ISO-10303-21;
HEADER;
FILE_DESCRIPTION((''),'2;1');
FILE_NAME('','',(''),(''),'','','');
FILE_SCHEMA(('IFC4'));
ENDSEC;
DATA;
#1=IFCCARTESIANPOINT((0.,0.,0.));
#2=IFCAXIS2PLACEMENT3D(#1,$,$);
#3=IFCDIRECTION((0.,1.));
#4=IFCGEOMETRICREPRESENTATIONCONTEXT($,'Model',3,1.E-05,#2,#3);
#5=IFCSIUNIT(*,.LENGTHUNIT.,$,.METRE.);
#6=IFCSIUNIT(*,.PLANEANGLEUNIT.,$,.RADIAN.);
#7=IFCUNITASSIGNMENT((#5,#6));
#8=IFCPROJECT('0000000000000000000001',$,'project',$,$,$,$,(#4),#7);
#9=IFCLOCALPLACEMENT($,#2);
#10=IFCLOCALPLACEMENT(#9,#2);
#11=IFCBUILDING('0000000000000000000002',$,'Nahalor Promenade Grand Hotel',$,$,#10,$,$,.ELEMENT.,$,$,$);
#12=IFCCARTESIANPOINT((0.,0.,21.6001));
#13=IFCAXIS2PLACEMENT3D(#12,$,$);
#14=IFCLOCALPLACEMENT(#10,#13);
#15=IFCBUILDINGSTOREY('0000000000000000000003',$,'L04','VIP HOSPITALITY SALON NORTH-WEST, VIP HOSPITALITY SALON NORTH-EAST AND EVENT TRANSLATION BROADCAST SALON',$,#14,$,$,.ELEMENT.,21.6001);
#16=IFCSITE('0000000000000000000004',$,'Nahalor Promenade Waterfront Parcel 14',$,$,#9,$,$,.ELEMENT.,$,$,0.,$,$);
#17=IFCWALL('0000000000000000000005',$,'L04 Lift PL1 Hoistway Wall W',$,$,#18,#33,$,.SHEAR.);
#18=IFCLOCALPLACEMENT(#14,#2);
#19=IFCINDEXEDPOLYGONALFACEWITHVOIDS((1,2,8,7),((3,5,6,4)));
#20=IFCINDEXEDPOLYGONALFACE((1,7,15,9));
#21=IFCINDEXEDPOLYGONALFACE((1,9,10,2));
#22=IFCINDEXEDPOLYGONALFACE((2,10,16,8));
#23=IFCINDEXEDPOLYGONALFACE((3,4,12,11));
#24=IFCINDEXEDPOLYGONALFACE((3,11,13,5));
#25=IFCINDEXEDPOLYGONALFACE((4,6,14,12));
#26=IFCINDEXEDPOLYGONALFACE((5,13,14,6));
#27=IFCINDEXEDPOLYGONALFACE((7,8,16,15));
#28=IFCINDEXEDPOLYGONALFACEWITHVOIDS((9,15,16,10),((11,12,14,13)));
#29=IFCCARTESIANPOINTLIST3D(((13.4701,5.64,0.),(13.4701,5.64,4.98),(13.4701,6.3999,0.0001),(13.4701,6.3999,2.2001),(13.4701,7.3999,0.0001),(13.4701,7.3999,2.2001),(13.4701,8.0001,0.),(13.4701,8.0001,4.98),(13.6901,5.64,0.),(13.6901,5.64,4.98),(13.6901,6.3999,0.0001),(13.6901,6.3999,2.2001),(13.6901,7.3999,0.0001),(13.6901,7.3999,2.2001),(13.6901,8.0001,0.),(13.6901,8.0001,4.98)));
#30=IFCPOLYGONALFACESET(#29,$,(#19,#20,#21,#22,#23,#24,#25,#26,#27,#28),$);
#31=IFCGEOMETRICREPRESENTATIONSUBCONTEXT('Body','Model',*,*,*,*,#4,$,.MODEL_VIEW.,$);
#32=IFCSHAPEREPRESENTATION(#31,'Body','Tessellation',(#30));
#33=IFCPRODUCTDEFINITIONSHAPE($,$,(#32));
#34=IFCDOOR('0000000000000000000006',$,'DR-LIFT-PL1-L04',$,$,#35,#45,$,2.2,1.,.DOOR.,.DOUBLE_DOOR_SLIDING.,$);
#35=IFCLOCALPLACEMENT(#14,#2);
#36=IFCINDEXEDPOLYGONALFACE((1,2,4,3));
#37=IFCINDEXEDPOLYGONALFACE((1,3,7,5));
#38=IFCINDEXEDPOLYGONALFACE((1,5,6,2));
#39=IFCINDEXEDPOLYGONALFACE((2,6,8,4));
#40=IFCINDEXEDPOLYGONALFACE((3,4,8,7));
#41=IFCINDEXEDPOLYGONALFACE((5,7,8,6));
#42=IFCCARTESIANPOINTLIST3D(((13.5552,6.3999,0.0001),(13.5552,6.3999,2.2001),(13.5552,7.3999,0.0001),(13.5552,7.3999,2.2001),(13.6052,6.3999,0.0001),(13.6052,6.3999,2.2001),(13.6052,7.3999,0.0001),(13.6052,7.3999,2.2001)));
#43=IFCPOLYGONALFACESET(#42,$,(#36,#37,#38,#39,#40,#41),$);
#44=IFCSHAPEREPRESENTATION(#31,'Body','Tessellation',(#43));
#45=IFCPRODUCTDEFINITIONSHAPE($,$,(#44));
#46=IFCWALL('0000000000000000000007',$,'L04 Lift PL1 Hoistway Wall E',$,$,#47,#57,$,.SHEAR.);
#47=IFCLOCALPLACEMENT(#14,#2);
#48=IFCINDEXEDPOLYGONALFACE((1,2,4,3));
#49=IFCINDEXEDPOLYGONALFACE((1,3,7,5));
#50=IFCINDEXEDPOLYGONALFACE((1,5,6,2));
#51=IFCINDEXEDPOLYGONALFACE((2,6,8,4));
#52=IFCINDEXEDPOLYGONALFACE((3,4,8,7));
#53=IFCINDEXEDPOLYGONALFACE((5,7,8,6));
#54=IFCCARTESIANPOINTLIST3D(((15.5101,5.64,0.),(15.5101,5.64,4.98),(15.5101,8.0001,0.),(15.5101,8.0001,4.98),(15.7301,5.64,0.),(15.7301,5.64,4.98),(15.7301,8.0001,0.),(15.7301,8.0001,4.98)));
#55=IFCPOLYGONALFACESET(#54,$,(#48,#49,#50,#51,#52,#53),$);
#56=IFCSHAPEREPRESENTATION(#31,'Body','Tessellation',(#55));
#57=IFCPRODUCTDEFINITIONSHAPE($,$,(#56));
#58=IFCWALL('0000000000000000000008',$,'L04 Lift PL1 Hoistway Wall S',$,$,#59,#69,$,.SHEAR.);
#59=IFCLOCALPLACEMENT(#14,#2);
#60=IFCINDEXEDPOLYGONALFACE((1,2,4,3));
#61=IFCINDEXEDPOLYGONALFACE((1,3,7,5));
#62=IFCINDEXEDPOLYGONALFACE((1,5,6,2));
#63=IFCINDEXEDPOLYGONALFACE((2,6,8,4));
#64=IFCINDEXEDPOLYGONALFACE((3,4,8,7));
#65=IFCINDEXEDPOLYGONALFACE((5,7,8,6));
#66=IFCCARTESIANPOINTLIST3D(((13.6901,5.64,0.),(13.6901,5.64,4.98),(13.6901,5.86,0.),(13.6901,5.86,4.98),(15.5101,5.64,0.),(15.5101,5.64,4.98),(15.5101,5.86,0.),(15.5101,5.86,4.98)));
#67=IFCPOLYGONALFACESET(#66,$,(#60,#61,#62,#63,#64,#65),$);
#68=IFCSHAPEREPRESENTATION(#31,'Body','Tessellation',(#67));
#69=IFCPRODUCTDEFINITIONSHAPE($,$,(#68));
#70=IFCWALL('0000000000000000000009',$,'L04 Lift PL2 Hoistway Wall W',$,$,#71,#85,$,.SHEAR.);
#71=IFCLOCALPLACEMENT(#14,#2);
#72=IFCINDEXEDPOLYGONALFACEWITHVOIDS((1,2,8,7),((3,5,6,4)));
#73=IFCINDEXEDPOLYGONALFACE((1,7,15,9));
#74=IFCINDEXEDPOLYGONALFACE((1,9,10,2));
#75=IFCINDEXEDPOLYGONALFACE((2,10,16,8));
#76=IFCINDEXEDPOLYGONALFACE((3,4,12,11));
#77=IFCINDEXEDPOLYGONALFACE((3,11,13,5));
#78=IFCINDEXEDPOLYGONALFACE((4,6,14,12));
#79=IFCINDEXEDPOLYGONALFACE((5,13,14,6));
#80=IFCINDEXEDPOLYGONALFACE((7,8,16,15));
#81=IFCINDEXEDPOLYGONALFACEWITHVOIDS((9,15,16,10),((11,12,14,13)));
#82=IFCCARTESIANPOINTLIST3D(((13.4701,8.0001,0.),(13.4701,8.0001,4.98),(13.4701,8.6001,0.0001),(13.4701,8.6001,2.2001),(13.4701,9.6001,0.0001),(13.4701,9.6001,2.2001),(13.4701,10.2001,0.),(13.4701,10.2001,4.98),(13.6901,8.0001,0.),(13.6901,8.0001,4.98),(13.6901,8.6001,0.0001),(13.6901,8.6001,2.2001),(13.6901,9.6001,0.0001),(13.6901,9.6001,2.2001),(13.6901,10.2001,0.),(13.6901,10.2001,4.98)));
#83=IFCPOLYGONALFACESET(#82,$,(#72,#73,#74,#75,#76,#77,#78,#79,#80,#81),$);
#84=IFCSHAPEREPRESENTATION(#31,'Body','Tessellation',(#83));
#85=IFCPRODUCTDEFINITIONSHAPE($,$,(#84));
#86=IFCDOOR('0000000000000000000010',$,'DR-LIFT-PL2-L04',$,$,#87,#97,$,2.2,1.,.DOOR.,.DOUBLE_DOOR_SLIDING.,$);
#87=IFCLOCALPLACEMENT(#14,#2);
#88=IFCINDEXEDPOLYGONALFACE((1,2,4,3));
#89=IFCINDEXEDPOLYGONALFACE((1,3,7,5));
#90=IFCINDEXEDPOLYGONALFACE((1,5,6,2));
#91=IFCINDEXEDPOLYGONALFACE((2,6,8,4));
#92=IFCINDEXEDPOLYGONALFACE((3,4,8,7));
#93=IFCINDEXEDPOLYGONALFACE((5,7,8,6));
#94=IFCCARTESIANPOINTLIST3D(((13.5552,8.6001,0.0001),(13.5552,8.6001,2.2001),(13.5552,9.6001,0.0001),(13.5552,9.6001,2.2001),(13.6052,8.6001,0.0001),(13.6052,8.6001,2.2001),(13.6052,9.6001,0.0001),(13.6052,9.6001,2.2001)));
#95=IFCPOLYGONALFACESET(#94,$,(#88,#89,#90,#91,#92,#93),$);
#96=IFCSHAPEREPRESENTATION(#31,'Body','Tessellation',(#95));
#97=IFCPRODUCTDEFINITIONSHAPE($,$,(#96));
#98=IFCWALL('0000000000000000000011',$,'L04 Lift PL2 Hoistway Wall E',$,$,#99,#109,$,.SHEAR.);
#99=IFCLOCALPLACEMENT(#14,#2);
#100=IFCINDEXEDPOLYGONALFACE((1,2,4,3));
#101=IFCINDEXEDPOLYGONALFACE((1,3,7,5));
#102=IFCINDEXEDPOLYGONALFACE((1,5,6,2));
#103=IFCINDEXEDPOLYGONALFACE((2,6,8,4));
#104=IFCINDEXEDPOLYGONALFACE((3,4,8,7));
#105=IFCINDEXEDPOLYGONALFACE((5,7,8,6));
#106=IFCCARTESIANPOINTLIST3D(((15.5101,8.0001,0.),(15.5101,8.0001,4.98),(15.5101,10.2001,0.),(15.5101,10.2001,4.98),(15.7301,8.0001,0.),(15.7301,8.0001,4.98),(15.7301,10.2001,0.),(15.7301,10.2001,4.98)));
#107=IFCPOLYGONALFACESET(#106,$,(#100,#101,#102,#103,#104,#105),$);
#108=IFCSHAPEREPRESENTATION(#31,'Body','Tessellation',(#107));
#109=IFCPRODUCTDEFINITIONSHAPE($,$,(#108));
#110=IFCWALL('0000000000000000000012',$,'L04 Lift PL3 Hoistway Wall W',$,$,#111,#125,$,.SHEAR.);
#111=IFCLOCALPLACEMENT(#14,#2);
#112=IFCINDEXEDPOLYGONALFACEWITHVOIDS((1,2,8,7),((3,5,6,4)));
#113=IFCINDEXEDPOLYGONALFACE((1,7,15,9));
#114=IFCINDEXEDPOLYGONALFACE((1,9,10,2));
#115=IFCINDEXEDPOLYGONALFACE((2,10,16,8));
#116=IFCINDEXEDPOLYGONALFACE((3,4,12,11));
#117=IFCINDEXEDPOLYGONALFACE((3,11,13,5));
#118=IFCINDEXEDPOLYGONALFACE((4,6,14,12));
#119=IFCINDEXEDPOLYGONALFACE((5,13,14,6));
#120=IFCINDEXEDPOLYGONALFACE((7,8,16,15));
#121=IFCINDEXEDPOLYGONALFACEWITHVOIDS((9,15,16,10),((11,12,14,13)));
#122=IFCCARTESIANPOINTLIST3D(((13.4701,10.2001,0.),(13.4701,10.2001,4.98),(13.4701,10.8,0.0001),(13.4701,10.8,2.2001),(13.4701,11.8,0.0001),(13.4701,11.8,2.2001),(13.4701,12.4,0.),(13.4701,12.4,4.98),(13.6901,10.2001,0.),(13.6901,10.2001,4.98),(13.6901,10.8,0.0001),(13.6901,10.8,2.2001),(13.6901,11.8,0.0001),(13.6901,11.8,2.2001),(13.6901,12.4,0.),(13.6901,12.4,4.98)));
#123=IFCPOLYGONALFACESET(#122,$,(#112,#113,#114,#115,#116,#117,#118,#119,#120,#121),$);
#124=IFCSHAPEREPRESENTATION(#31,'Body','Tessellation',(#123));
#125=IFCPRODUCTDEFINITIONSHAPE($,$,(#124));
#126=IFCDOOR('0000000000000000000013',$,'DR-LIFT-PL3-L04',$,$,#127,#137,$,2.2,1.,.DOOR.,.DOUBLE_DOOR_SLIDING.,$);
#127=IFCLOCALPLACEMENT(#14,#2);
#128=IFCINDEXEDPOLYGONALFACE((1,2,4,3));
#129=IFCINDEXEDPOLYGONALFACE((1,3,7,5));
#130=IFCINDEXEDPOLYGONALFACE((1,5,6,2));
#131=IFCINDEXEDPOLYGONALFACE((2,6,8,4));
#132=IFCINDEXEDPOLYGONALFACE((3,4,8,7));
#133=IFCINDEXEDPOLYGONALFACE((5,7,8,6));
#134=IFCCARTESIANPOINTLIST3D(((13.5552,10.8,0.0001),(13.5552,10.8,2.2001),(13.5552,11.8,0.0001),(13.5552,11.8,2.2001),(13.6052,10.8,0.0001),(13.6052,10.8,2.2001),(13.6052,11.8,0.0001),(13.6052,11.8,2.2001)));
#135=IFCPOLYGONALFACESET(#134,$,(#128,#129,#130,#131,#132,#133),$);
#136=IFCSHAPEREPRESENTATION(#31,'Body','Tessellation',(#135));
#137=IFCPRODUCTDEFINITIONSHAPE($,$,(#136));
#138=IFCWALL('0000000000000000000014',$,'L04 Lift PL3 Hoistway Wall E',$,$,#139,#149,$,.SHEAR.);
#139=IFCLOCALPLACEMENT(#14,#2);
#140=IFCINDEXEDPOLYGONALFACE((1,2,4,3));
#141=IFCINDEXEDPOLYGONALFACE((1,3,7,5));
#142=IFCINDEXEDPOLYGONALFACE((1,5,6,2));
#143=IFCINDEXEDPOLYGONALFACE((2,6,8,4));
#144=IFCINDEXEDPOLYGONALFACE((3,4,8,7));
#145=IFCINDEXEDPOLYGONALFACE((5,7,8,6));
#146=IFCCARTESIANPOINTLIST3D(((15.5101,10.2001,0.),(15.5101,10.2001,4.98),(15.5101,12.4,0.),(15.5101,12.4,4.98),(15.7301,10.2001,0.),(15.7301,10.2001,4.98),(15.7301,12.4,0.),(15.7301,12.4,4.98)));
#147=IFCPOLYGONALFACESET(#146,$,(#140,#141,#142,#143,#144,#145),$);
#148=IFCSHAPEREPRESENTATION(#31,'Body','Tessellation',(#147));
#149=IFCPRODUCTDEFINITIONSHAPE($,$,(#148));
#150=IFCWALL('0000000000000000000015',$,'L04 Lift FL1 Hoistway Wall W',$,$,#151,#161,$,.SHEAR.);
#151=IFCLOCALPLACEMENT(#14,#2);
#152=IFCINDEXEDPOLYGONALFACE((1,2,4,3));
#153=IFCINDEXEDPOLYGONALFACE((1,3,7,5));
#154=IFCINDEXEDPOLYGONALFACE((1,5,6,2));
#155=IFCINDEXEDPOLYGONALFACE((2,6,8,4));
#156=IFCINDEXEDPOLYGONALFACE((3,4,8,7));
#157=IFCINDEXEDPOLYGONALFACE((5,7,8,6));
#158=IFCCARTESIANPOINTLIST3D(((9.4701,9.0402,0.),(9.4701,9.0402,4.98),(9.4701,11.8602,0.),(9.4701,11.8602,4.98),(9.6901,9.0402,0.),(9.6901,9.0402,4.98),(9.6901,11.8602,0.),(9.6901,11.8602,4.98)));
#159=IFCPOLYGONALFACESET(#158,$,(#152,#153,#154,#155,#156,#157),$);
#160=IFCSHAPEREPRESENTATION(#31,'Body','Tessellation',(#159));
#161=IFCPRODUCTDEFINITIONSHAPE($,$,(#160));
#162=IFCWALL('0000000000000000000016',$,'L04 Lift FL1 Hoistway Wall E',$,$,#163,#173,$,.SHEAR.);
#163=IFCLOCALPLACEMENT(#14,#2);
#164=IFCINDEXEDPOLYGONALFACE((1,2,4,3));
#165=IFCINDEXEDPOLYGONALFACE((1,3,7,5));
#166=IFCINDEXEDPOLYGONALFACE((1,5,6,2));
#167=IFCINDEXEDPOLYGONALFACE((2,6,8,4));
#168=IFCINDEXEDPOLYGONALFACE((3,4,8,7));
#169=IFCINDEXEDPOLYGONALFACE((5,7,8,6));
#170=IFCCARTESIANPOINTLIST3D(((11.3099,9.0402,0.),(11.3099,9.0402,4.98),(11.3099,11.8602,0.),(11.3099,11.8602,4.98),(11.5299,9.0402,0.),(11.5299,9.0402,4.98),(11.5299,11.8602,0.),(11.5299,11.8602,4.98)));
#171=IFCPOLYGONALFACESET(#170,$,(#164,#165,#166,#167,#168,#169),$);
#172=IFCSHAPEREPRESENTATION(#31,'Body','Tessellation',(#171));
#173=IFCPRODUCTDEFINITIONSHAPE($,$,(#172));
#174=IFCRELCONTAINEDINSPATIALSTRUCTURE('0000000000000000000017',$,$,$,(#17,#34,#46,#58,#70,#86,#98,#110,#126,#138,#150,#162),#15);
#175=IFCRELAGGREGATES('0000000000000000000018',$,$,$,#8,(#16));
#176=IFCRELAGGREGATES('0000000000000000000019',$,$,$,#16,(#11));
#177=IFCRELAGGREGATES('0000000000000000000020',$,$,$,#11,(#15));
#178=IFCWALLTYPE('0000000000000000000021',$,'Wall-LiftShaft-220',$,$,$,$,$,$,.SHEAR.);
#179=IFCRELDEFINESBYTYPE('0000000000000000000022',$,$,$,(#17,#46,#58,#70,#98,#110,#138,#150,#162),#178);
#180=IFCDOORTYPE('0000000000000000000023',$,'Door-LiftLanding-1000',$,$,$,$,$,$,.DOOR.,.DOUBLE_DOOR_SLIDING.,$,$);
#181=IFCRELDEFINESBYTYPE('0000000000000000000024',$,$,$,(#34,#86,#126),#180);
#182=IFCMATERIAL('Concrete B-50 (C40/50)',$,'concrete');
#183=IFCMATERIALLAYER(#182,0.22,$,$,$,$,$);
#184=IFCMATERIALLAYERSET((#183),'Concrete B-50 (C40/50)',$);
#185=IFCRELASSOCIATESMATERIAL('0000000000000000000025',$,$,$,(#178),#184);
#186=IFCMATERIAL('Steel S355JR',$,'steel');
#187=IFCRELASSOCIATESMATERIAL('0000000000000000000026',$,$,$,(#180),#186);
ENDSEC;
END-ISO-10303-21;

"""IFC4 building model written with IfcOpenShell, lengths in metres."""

from ifc_helpers import new_model, si_unit, direction, frame, frame_2d, origin, place, context, subcontext, project, spatial, rectangle, extrude, source, transform, mapped, material, layer, layer_set, type_object, element, fill, save


model = new_model("IFC4")

# Units and contexts
model_context = context("Model", 3, precision=1e-05, world=origin(), true_north=direction((0.0, 1.0)))
body_context = subcontext(model_context, "Body", "Model", "MODEL_VIEW")
ifc_project = project(units=[si_unit("LENGTHUNIT", "METRE"), si_unit("PLANEANGLEUNIT", "RADIAN")], contexts=[model_context])

# Site, building, storey
site_placement = place(None, origin())
site = spatial("IfcSite", under=ifc_project, at=site_placement, Name="Nahalor Promenade Waterfront Parcel 14", CompositionType="ELEMENT", RefElevation=0.0)
building_placement = place(site_placement, origin())
building = spatial("IfcBuilding", under=site, at=building_placement, Name="Nahalor Promenade Grand Hotel", CompositionType="ELEMENT")
storey_placement = place(building_placement, frame((0.0, 0.0, 21.6001)))
storey = spatial("IfcBuildingStorey", under=building, at=storey_placement, Name="L04", Description="VIP HOSPITALITY SALON NORTH-WEST, VIP HOSPITALITY SALON NORTH-EAST AND EVENT TRANSLATION BROADCAST SALON", CompositionType="ELEMENT", Elevation=21.6001)

# Shared definitions
ifc_material_1 = material(Name="Steel S355JR", Category="steel")

# Shared definitions
ifc_material_2 = material(Name="Concrete B-50 (C40/50)", Category="concrete")

# Shared definitions
ifc_layer_1 = layer(ifc_material_2, 0.22)
ifc_layer_set_1 = layer_set([ifc_layer_1], Name="Concrete B-50 (C40/50)")
wall_type_1 = type_object("IfcWallType", Name="Wall-LiftShaft-220", PredefinedType="SHEAR", material=ifc_layer_set_1)

# Wall, opening, door
shared_shape_1 = source(origin(), body_context, "Body", "SweptSolid", [
    extrude(rectangle(XDim=2.3601, YDim=0.22, at=frame_2d((1.1802, 0.0))), origin(), (0.0, 0.0, 1.0), 4.98),
])
wall_1_placement = place(storey_placement, frame((13.5801, 5.6399, 0.0), z_axis=(0.0, 0.0, 1.0), x_axis=(0.0, 1.0, 0.0)))
wall_1 = element("IfcWall", 1, at=wall_1_placement, inside=storey, type_object=wall_type_1, Name="L04 Lift PL1 Hoistway Wall W", PredefinedType="SHEAR", context=body_context, shape_type="MappedRepresentation", body=[
    mapped(shared_shape_1, transform((0.0, 0.0, 0.0), scale=1.0)),
])
opening_1_placement = place(wall_1_placement, frame((0.76, 0.0, 0.0)))
opening_1 = element("IfcOpeningElement", 2, at=opening_1_placement, cuts=wall_1, PredefinedType="OPENING", context=body_context, shape_type="SweptSolid", body=[
    extrude(rectangle(XDim=1.0, YDim=2.2, at=frame_2d((0.5, 1.1001))), frame((0.0, 0.1199, 0.0), z_axis=(0.0, -1.0, 0.0), x_axis=(1.0, 0.0, 0.0)), (0.0, 0.0, 1.0), 0.24),
])
door_type_1 = type_object("IfcDoorType", Name="Door-LiftLanding-1000", OperationType="DOUBLE_DOOR_SLIDING", PredefinedType="DOOR", material=ifc_material_1)
shared_shape_2 = source(origin(), body_context, "Body", "SweptSolid", [
    extrude(rectangle(XDim=1.0, YDim=2.2, at=frame_2d((0.5, 1.1001))), frame((0.0, 0.0249, 0.0), z_axis=(0.0, -1.0, 0.0), x_axis=(1.0, 0.0, 0.0)), (0.0, 0.0, 1.0), 0.05),
])
door_1_placement = place(opening_1_placement, origin())
door_1 = element("IfcDoor", 3, at=door_1_placement, inside=storey, type_object=door_type_1, Name="DR-LIFT-PL1-L04", OperationType="DOUBLE_DOOR_SLIDING", OverallHeight=2.2, OverallWidth=1.0, PredefinedType="DOOR", context=body_context, shape_type="MappedRepresentation", body=[
    mapped(shared_shape_2, transform((0.0, 0.0, 0.0), scale=1.0)),
])
fill(opening_1, door_1)

# Walls
wall_2_placement = place(storey_placement, frame((15.6201, 5.6399, 0.0), z_axis=(0.0, 0.0, 1.0), x_axis=(0.0, 1.0, 0.0)))
element("IfcWall", 4, at=wall_2_placement, inside=storey, type_object=wall_type_1, Name="L04 Lift PL1 Hoistway Wall E", PredefinedType="SHEAR", context=body_context, shape_type="MappedRepresentation", body=[
    mapped(shared_shape_1, transform((0.0, 0.0, 0.0), scale=1.0)),
])
shared_shape_3 = source(origin(), body_context, "Body", "SweptSolid", [
    extrude(rectangle(XDim=1.8201, YDim=0.22, at=frame_2d((0.9102, 0.0))), origin(), (0.0, 0.0, 1.0), 4.98),
])
wall_3_placement = place(storey_placement, frame((13.6899, 5.75, 0.0), z_axis=(0.0, 0.0, 1.0), x_axis=(1.0, 0.0, 0.0)))
element("IfcWall", 5, at=wall_3_placement, inside=storey, type_object=wall_type_1, Name="L04 Lift PL1 Hoistway Wall S", PredefinedType="SHEAR", context=body_context, shape_type="MappedRepresentation", body=[
    mapped(shared_shape_3, transform((0.0, 0.0, 0.0), scale=1.0)),
])

# Wall, opening, door
shared_shape_4 = source(origin(), body_context, "Body", "SweptSolid", [
    extrude(rectangle(XDim=2.2, YDim=0.22, at=frame_2d((1.1001, 0.0))), origin(), (0.0, 0.0, 1.0), 4.98),
])
wall_4_placement = place(storey_placement, frame((13.5801, 8.0, 0.0), z_axis=(0.0, 0.0, 1.0), x_axis=(0.0, 1.0, 0.0)))
wall_4 = element("IfcWall", 6, at=wall_4_placement, inside=storey, type_object=wall_type_1, Name="L04 Lift PL2 Hoistway Wall W", PredefinedType="SHEAR", context=body_context, shape_type="MappedRepresentation", body=[
    mapped(shared_shape_4, transform((0.0, 0.0, 0.0), scale=1.0)),
])
opening_2_placement = place(wall_4_placement, frame((0.6001, 0.0, 0.0)))
opening_2 = element("IfcOpeningElement", 7, at=opening_2_placement, cuts=wall_4, PredefinedType="OPENING", context=body_context, shape_type="SweptSolid", body=[
    extrude(rectangle(XDim=1.0, YDim=2.2, at=frame_2d((0.5, 1.1001))), frame((0.0, 0.1199, 0.0), z_axis=(0.0, -1.0, 0.0), x_axis=(1.0, 0.0, 0.0)), (0.0, 0.0, 1.0), 0.24),
])
door_2_placement = place(opening_2_placement, origin())
door_2 = element("IfcDoor", 8, at=door_2_placement, inside=storey, type_object=door_type_1, Name="DR-LIFT-PL2-L04", OperationType="DOUBLE_DOOR_SLIDING", OverallHeight=2.2, OverallWidth=1.0, PredefinedType="DOOR", context=body_context, shape_type="MappedRepresentation", body=[
    mapped(shared_shape_2, transform((0.0, 0.0, 0.0), scale=1.0)),
])
fill(opening_2, door_2)

# Wall
wall_5_placement = place(storey_placement, frame((15.6201, 8.0, 0.0), z_axis=(0.0, 0.0, 1.0), x_axis=(0.0, 1.0, 0.0)))
element("IfcWall", 9, at=wall_5_placement, inside=storey, type_object=wall_type_1, Name="L04 Lift PL2 Hoistway Wall E", PredefinedType="SHEAR", context=body_context, shape_type="MappedRepresentation", body=[
    mapped(shared_shape_4, transform((0.0, 0.0, 0.0), scale=1.0)),
])

# Wall, opening, door
wall_6_placement = place(storey_placement, frame((13.5801, 10.2, 0.0), z_axis=(0.0, 0.0, 1.0), x_axis=(0.0, 1.0, 0.0)))
wall_6 = element("IfcWall", 10, at=wall_6_placement, inside=storey, type_object=wall_type_1, Name="L04 Lift PL3 Hoistway Wall W", PredefinedType="SHEAR", context=body_context, shape_type="MappedRepresentation", body=[
    mapped(shared_shape_4, transform((0.0, 0.0, 0.0), scale=1.0)),
])
opening_3_placement = place(wall_6_placement, frame((0.6001, 0.0, 0.0)))
opening_3 = element("IfcOpeningElement", 11, at=opening_3_placement, cuts=wall_6, PredefinedType="OPENING", context=body_context, shape_type="SweptSolid", body=[
    extrude(rectangle(XDim=1.0, YDim=2.2, at=frame_2d((0.5, 1.1001))), frame((0.0, 0.1199, 0.0), z_axis=(0.0, -1.0, 0.0), x_axis=(1.0, 0.0, 0.0)), (0.0, 0.0, 1.0), 0.24),
])
door_3_placement = place(opening_3_placement, origin())
door_3 = element("IfcDoor", 12, at=door_3_placement, inside=storey, type_object=door_type_1, Name="DR-LIFT-PL3-L04", OperationType="DOUBLE_DOOR_SLIDING", OverallHeight=2.2, OverallWidth=1.0, PredefinedType="DOOR", context=body_context, shape_type="MappedRepresentation", body=[
    mapped(shared_shape_2, transform((0.0, 0.0, 0.0), scale=1.0)),
])
fill(opening_3, door_3)

# Walls
wall_7_placement = place(storey_placement, frame((15.6201, 10.2, 0.0), z_axis=(0.0, 0.0, 1.0), x_axis=(0.0, 1.0, 0.0)))
element("IfcWall", 13, at=wall_7_placement, inside=storey, type_object=wall_type_1, Name="L04 Lift PL3 Hoistway Wall E", PredefinedType="SHEAR", context=body_context, shape_type="MappedRepresentation", body=[
    mapped(shared_shape_4, transform((0.0, 0.0, 0.0), scale=1.0)),
])
shared_shape_5 = source(origin(), body_context, "Body", "SweptSolid", [
    extrude(rectangle(XDim=2.8201, YDim=0.22, at=frame_2d((1.4102, 0.0))), origin(), (0.0, 0.0, 1.0), 4.98),
])
for number, where, z_axis, x_axis, name in (
    (14, (9.5801, 9.04, 0.0), (0.0, 0.0, 1.0), (0.0, 1.0, 0.0), "L04 Lift FL1 Hoistway Wall W"),
    (15, (11.4199, 9.04, 0.0), (0.0, 0.0, 1.0), (0.0, 1.0, 0.0), "L04 Lift FL1 Hoistway Wall E"),
):
    element("IfcWall", number, at=place(storey_placement, frame(where, z_axis=z_axis, x_axis=x_axis)), inside=storey, type_object=wall_type_1, Name=name, PredefinedType="SHEAR", context=body_context, shape_type="MappedRepresentation", body=[
        mapped(shared_shape_5, transform((0.0, 0.0, 0.0), scale=1.0)),
    ])

save(model, "model.ifc")
